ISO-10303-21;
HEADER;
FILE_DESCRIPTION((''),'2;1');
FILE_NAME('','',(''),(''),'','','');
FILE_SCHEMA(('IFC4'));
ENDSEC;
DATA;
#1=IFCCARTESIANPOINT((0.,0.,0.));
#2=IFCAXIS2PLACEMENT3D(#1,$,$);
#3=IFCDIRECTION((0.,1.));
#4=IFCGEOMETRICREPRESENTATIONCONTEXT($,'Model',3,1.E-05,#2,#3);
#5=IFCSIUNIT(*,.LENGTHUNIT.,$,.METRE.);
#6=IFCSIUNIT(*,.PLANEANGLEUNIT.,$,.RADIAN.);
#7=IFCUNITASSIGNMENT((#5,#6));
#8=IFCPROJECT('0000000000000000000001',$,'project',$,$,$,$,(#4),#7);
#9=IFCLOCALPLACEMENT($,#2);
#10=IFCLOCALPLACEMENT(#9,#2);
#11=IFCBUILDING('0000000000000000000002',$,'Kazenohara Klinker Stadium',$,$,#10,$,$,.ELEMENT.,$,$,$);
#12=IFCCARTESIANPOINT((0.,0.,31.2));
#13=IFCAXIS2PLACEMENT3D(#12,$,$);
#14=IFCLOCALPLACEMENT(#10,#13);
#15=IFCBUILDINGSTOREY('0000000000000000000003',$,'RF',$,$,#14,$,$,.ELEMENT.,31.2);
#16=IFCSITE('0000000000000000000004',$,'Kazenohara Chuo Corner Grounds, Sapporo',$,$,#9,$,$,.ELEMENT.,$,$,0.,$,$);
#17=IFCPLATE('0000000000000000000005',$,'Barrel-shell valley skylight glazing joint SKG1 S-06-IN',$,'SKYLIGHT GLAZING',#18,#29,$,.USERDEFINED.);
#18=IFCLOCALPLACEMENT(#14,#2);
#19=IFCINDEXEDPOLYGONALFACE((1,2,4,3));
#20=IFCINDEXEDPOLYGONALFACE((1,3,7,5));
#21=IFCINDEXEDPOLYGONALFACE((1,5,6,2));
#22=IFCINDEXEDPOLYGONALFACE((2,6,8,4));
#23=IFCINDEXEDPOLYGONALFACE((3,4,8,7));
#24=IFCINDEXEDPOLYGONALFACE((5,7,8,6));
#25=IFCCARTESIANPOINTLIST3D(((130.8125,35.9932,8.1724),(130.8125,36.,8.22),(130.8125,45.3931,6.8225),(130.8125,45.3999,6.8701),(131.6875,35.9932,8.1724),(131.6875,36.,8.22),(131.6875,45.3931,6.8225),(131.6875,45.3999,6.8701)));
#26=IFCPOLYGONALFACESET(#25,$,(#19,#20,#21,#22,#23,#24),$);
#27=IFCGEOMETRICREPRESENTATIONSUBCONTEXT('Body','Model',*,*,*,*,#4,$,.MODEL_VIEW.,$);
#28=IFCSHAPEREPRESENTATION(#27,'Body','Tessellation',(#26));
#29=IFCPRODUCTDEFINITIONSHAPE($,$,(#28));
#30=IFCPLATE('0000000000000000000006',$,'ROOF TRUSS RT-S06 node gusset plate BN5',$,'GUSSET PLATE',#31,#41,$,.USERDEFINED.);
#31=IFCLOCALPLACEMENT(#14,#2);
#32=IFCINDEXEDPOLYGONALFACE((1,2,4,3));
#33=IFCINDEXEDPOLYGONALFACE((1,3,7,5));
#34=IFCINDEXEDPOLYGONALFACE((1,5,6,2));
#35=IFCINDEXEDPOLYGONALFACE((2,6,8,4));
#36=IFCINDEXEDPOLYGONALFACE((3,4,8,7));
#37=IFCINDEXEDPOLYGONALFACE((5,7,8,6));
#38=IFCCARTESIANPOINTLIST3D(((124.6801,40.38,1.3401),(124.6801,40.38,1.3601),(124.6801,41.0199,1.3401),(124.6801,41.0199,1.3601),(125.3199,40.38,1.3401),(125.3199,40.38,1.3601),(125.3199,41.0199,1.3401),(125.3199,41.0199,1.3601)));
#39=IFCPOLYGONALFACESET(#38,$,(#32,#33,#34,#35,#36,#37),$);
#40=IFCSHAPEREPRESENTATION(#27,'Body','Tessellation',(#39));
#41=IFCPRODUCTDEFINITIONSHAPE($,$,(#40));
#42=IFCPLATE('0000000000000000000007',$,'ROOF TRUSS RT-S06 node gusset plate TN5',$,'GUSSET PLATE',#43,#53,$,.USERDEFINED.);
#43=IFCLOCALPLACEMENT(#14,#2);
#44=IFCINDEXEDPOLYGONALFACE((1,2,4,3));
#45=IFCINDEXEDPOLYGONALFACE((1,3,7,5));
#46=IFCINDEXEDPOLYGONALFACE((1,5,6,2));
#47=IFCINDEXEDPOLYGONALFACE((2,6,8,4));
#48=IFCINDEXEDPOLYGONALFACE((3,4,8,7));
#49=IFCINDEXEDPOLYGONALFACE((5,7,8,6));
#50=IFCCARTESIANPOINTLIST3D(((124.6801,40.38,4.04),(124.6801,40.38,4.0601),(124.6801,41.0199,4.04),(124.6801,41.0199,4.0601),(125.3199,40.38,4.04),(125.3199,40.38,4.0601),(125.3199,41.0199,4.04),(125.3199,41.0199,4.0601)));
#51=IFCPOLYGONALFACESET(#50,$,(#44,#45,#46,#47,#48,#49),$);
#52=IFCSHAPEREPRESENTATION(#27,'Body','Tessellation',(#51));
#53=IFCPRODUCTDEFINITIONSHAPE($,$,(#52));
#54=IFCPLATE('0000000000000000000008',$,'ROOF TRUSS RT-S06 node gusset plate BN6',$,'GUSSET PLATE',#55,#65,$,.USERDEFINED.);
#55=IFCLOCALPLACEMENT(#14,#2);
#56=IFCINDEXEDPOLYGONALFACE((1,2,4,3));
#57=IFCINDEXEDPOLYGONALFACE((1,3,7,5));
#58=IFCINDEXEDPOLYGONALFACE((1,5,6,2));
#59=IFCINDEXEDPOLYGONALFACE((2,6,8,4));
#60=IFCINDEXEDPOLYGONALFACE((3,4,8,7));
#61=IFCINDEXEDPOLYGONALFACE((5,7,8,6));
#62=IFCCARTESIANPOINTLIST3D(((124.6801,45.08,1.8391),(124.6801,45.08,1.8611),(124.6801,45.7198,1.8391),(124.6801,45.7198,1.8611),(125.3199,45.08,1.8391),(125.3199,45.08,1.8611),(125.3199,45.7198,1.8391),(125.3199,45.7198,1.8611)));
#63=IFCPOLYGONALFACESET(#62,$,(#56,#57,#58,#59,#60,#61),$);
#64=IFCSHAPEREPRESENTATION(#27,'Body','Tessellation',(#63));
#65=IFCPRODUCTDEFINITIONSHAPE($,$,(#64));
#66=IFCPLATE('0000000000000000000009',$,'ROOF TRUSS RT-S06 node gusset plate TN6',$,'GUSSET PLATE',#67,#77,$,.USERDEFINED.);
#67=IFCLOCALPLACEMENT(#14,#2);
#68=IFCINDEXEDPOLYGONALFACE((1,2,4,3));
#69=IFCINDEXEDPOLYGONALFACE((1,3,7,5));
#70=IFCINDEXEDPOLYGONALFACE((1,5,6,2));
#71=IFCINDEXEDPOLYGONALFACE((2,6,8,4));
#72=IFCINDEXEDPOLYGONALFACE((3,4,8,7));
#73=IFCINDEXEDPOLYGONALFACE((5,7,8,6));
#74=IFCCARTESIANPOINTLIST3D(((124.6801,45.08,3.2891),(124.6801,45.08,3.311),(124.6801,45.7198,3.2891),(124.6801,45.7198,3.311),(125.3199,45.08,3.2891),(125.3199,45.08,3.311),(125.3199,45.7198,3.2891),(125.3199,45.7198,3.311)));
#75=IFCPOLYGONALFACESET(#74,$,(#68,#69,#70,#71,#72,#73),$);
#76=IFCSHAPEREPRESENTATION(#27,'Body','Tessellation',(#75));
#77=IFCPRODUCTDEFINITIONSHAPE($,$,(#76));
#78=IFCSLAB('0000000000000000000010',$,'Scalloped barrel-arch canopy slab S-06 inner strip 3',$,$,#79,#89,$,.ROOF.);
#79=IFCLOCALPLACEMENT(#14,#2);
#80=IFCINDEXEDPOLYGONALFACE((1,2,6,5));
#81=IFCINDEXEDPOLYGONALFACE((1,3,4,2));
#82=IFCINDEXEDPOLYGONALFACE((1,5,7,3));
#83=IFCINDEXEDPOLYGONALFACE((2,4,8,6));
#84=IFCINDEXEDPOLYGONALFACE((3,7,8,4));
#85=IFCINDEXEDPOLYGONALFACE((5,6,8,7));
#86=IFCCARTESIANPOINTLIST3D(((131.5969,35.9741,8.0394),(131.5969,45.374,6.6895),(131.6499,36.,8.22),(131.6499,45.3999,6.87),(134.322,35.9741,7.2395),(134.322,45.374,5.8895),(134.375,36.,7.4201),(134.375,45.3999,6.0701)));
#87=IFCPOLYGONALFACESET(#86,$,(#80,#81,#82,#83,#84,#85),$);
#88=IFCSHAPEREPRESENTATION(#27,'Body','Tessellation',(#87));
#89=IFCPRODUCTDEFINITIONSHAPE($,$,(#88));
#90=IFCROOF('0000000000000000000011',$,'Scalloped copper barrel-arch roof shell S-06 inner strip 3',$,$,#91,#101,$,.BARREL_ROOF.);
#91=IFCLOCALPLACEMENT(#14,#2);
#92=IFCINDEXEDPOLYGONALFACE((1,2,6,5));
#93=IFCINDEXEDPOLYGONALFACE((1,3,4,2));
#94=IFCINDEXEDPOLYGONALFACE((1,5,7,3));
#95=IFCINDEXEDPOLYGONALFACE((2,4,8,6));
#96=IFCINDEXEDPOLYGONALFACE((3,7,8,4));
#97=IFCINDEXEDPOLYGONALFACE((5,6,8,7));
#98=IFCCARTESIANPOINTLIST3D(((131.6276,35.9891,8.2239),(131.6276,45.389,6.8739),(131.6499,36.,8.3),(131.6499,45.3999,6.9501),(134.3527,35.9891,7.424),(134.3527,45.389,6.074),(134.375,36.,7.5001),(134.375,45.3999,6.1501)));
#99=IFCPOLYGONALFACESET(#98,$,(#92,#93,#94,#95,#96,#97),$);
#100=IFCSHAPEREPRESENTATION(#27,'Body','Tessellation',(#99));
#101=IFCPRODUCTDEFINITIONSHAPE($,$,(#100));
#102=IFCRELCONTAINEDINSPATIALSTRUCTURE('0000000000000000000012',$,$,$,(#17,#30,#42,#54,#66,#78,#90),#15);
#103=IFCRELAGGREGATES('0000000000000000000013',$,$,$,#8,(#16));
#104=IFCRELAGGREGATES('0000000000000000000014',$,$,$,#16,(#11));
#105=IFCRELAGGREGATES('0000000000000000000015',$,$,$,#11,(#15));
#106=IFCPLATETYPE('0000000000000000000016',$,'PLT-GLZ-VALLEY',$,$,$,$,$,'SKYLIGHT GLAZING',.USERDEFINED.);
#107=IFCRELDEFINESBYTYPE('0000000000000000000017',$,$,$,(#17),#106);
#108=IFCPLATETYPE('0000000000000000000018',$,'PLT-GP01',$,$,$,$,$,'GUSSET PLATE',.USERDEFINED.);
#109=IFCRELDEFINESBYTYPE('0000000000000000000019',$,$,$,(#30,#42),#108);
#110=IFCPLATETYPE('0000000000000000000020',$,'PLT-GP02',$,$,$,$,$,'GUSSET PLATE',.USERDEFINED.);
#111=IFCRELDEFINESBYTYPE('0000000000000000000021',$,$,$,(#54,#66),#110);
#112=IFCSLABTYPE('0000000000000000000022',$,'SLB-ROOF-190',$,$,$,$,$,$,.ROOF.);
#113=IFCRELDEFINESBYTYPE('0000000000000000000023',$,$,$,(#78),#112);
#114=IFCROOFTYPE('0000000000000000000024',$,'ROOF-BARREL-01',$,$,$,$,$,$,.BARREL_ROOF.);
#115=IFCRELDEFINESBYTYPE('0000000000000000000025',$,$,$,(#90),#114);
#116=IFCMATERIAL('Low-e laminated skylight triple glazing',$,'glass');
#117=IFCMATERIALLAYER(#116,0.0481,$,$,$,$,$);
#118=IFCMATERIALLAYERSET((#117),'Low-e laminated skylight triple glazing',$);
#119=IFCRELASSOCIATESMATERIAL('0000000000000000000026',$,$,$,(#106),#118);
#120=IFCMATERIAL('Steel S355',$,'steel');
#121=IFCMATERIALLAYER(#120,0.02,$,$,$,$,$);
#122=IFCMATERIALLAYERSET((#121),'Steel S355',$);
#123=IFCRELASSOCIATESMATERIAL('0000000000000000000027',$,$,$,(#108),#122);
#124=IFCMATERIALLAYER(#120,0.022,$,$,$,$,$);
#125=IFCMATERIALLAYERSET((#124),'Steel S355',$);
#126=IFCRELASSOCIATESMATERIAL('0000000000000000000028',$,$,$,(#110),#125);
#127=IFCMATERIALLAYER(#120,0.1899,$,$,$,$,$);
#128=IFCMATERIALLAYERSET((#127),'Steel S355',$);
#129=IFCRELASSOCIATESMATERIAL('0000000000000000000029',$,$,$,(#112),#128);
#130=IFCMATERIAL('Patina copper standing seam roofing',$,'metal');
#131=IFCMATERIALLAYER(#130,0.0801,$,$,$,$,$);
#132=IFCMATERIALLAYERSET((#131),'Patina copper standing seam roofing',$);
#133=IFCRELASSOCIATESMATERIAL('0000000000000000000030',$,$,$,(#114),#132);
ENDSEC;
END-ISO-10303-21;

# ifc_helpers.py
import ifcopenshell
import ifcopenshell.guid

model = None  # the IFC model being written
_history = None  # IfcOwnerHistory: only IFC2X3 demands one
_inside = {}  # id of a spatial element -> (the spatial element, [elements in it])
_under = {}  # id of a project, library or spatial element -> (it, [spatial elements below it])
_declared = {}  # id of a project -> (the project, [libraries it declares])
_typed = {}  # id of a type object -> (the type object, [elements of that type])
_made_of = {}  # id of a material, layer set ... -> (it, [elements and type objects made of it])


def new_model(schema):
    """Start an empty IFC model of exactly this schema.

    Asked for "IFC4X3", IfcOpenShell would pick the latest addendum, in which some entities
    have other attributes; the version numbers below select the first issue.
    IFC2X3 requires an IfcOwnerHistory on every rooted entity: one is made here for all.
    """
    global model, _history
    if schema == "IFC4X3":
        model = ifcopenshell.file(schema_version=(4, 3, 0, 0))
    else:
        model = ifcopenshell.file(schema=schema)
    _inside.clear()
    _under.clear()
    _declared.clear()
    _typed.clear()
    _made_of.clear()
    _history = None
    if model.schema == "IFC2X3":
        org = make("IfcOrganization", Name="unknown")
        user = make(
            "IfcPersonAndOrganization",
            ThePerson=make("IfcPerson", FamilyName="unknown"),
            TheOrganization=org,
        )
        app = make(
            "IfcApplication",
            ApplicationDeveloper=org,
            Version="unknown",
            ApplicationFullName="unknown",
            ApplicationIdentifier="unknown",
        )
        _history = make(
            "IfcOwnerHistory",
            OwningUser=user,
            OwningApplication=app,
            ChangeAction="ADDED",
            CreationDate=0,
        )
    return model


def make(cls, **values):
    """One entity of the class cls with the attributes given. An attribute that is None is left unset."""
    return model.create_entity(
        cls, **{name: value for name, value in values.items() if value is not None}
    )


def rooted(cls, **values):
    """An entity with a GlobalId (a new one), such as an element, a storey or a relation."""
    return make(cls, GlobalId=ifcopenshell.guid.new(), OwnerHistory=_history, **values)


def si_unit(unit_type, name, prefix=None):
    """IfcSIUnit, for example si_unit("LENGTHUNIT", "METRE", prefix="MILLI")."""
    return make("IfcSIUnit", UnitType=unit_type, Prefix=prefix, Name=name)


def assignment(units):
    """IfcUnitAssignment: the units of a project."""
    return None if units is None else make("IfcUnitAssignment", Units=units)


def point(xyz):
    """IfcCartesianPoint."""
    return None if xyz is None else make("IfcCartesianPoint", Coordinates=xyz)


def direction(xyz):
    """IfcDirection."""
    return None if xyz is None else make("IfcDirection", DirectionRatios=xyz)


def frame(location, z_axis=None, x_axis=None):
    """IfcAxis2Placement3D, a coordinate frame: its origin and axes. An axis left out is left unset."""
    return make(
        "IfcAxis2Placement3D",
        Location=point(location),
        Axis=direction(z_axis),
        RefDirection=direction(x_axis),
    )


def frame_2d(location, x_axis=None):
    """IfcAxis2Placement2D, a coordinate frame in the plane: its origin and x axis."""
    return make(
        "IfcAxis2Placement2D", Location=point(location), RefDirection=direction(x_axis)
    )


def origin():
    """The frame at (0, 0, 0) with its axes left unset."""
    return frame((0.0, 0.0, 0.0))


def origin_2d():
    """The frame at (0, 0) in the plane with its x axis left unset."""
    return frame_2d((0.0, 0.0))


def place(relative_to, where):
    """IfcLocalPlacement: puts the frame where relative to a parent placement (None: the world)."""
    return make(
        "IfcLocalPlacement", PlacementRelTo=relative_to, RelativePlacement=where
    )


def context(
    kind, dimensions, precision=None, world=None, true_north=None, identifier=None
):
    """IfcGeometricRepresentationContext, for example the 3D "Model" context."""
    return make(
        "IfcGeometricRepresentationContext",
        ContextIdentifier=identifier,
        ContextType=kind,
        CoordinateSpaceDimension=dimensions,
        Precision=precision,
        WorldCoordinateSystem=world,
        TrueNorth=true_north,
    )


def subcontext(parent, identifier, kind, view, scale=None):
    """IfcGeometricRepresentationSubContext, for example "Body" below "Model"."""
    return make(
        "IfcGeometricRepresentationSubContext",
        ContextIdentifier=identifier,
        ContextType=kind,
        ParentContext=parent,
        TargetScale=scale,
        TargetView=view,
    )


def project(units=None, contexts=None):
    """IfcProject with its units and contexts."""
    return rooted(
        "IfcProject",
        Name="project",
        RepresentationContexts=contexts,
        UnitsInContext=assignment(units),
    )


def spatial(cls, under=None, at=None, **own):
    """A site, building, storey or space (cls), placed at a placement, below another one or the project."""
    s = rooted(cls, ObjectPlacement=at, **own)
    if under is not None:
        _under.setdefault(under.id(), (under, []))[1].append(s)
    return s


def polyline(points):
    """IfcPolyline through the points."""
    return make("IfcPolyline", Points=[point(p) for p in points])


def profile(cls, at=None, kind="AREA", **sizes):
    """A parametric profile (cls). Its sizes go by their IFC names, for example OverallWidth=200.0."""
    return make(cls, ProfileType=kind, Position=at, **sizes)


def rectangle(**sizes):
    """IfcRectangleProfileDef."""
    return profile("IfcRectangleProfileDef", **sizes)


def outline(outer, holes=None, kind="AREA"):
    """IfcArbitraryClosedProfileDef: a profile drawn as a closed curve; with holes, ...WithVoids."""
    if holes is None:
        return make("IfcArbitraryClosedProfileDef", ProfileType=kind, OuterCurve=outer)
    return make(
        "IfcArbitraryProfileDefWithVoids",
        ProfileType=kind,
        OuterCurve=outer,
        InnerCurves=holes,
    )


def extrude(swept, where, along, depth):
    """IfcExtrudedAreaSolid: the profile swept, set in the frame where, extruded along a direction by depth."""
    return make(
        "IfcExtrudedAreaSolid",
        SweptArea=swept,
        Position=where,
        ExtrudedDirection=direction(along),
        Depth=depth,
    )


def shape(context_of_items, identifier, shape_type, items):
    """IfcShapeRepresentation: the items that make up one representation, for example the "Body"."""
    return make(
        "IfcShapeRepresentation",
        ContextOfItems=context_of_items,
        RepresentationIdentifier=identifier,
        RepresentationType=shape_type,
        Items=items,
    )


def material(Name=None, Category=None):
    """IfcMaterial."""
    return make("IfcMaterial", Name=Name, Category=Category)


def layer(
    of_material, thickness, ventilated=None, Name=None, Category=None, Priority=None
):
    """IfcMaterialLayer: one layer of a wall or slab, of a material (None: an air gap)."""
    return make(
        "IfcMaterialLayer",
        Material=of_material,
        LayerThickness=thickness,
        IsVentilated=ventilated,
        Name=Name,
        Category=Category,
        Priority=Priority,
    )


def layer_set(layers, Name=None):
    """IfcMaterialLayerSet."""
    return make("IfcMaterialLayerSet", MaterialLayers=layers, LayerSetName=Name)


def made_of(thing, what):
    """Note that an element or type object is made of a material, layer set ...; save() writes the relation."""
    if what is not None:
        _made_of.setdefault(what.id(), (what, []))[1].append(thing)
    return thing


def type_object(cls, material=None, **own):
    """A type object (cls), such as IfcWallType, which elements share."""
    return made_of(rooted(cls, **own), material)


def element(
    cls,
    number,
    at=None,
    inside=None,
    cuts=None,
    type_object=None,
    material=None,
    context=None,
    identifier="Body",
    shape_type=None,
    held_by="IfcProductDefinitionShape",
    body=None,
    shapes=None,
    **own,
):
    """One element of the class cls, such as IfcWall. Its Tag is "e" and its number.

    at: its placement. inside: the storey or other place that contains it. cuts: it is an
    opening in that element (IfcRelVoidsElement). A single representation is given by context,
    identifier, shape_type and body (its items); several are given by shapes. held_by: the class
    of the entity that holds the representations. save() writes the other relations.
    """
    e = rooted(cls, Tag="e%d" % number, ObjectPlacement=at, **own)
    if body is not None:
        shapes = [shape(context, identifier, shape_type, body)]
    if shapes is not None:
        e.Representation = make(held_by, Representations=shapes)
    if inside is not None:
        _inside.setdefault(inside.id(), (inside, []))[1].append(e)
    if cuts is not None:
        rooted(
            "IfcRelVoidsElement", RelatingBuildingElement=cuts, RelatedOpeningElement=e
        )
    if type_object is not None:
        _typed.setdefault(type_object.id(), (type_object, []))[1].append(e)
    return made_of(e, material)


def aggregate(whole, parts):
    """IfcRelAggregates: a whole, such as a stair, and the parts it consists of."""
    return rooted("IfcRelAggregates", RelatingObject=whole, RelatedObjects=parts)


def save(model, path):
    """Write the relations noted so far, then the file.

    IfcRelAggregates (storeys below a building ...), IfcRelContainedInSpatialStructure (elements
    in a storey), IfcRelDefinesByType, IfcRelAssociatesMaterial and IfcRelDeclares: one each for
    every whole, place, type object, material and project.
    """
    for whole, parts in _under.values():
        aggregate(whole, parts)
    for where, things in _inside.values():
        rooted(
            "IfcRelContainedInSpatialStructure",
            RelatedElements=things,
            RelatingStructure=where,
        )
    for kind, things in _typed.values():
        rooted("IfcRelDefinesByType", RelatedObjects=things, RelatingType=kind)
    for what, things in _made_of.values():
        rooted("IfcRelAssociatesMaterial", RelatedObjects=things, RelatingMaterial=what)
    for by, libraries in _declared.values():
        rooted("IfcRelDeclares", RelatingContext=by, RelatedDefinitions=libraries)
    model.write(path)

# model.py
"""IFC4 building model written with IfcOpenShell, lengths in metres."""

from ifc_helpers import new_model, si_unit, direction, frame, origin, origin_2d, place, context, subcontext, project, spatial, polyline, rectangle, outline, extrude, material, layer, layer_set, type_object, element, save


model = new_model("IFC4")

# Units and contexts
model_context = context("Model", 3, precision=1e-05, world=origin(), true_north=direction((0.0, 1.0)))
body_context = subcontext(model_context, "Body", "Model", "MODEL_VIEW")
ifc_project = project(units=[si_unit("LENGTHUNIT", "METRE"), si_unit("PLANEANGLEUNIT", "RADIAN")], contexts=[model_context])

# Site, building, storey
site_placement = place(None, origin())
site = spatial("IfcSite", under=ifc_project, at=site_placement, Name="Kazenohara Chuo Corner Grounds, Sapporo", CompositionType="ELEMENT", RefElevation=0.0)
building_placement = place(site_placement, origin())
building = spatial("IfcBuilding", under=site, at=building_placement, Name="Kazenohara Klinker Stadium", CompositionType="ELEMENT")
storey_placement = place(building_placement, frame((0.0, 0.0, 31.2)))
storey = spatial("IfcBuildingStorey", under=building, at=storey_placement, Name="RF", CompositionType="ELEMENT", Elevation=31.2)

# Shared definitions
ifc_material_1 = material(Name="Steel S355", Category="steel")

# Plates
ifc_material_2 = material(Name="Low-e laminated skylight triple glazing", Category="glass")
ifc_layer_1 = layer(ifc_material_2, 0.0481)
ifc_layer_set_1 = layer_set([ifc_layer_1], Name="Low-e laminated skylight triple glazing")
plate_type_1 = type_object("IfcPlateType", Name="PLT-GLZ-VALLEY", ElementType="SKYLIGHT GLAZING", PredefinedType="USERDEFINED", material=ifc_layer_set_1)
plate_placement = place(storey_placement, frame((130.8125, 36.0, 8.22), z_axis=(0.0, 0.142145, 0.989846), x_axis=(0.0, 0.989846, -0.142145)))
element("IfcPlate", 1, at=plate_placement, inside=storey, type_object=plate_type_1, Name="Barrel-shell valley skylight glazing joint SKG1 S-06-IN", ObjectType="SKYLIGHT GLAZING", PredefinedType="USERDEFINED", context=body_context, shape_type="SweptSolid", body=[
    extrude(outline(polyline([(0.0, 0.0), (9.4963, 0.0), (9.4963, -0.875), (0.0, -0.875), (0.0, 0.0)])), origin(), (0.0, 0.0, -1.0), 0.0481),
])
ifc_layer_2 = layer(ifc_material_1, 0.02)
ifc_layer_set_2 = layer_set([ifc_layer_2], Name="Steel S355")
plate_type_2 = type_object("IfcPlateType", Name="PLT-GP01", ElementType="GUSSET PLATE", PredefinedType="USERDEFINED", material=ifc_layer_set_2)
for number, where, z_axis, x_axis, name in (
    (2, (125.0, 40.7, 1.3401), (0.0, 0.0, 1.0), (1.0, 0.0, 0.0), "ROOF TRUSS RT-S06 node gusset plate BN5"),
    (3, (125.0, 40.7, 4.04), (0.0, 0.0, 1.0), (1.0, 0.0, 0.0), "ROOF TRUSS RT-S06 node gusset plate TN5"),
):
    element("IfcPlate", number, at=place(storey_placement, frame(where, z_axis=z_axis, x_axis=x_axis)), inside=storey, type_object=plate_type_2, Name=name, ObjectType="GUSSET PLATE", PredefinedType="USERDEFINED", context=body_context, shape_type="SweptSolid", body=[
        extrude(rectangle(XDim=0.6399, YDim=0.6399, at=origin_2d()), origin(), (0.0, 0.0, 1.0), 0.02),
    ])
ifc_layer_3 = layer(ifc_material_1, 0.022)
ifc_layer_set_3 = layer_set([ifc_layer_3], Name="Steel S355")
plate_type_3 = type_object("IfcPlateType", Name="PLT-GP02", ElementType="GUSSET PLATE", PredefinedType="USERDEFINED", material=ifc_layer_set_3)
for number, where, z_axis, x_axis, name in (
    (4, (125.0, 45.3999, 1.8391), (0.0, 0.0, 1.0), (1.0, 0.0, 0.0), "ROOF TRUSS RT-S06 node gusset plate BN6"),
    (5, (125.0, 45.3999, 3.2891), (0.0, 0.0, 1.0), (1.0, 0.0, 0.0), "ROOF TRUSS RT-S06 node gusset plate TN6"),
):
    element("IfcPlate", number, at=place(storey_placement, frame(where, z_axis=z_axis, x_axis=x_axis)), inside=storey, type_object=plate_type_3, Name=name, ObjectType="GUSSET PLATE", PredefinedType="USERDEFINED", context=body_context, shape_type="SweptSolid", body=[
        extrude(rectangle(XDim=0.6399, YDim=0.6399, at=origin_2d()), origin(), (0.0, 0.0, 1.0), 0.022),
    ])

# Slab
ifc_layer_4 = layer(ifc_material_1, 0.1899)
ifc_layer_set_4 = layer_set([ifc_layer_4], Name="Steel S355")
slab_type = type_object("IfcSlabType", Name="SLB-ROOF-190", PredefinedType="ROOF", material=ifc_layer_set_4)
slab_placement = place(storey_placement, frame((131.6499, 36.0, 8.22), z_axis=(0.27902, 0.136512, 0.950533), x_axis=(-0.000003, 0.989844, -0.142156)))
element("IfcSlab", 6, at=slab_placement, inside=storey, type_object=slab_type, Name="Scalloped barrel-arch canopy slab S-06 inner strip 3", PredefinedType="ROOF", context=body_context, shape_type="SweptSolid", body=[
    extrude(outline(polyline([(0.0, 0.0), (9.4963, 0.0), (9.6101, -2.8378), (0.1137, -2.8378), (0.0, 0.0)])), origin(), (0.0, 0.0, -1.0), 0.1899),
])

# Roof
ifc_material_3 = material(Name="Patina copper standing seam roofing", Category="metal")
ifc_layer_5 = layer(ifc_material_3, 0.0801)
ifc_layer_set_5 = layer_set([ifc_layer_5], Name="Patina copper standing seam roofing")
roof_type = type_object("IfcRoofType", Name="ROOF-BARREL-01", PredefinedType="BARREL_ROOF", material=ifc_layer_set_5)
roof_placement = place(storey_placement, frame((131.6499, 36.0, 8.3), z_axis=(0.27902, 0.136512, 0.950533), x_axis=(0.000003, 0.989844, -0.142158)))
element("IfcRoof", 7, at=roof_placement, inside=storey, type_object=roof_type, Name="Scalloped copper barrel-arch roof shell S-06 inner strip 3", PredefinedType="BARREL_ROOF", context=body_context, shape_type="SweptSolid", body=[
    extrude(outline(polyline([(0.0, 0.0), (9.4964, 0.0), (9.6101, -2.8378), (0.1137, -2.8378), (0.0, 0.0)])), origin(), (0.0, 0.0, -1.0), 0.0801),
])

save(model, "model.ifc")
